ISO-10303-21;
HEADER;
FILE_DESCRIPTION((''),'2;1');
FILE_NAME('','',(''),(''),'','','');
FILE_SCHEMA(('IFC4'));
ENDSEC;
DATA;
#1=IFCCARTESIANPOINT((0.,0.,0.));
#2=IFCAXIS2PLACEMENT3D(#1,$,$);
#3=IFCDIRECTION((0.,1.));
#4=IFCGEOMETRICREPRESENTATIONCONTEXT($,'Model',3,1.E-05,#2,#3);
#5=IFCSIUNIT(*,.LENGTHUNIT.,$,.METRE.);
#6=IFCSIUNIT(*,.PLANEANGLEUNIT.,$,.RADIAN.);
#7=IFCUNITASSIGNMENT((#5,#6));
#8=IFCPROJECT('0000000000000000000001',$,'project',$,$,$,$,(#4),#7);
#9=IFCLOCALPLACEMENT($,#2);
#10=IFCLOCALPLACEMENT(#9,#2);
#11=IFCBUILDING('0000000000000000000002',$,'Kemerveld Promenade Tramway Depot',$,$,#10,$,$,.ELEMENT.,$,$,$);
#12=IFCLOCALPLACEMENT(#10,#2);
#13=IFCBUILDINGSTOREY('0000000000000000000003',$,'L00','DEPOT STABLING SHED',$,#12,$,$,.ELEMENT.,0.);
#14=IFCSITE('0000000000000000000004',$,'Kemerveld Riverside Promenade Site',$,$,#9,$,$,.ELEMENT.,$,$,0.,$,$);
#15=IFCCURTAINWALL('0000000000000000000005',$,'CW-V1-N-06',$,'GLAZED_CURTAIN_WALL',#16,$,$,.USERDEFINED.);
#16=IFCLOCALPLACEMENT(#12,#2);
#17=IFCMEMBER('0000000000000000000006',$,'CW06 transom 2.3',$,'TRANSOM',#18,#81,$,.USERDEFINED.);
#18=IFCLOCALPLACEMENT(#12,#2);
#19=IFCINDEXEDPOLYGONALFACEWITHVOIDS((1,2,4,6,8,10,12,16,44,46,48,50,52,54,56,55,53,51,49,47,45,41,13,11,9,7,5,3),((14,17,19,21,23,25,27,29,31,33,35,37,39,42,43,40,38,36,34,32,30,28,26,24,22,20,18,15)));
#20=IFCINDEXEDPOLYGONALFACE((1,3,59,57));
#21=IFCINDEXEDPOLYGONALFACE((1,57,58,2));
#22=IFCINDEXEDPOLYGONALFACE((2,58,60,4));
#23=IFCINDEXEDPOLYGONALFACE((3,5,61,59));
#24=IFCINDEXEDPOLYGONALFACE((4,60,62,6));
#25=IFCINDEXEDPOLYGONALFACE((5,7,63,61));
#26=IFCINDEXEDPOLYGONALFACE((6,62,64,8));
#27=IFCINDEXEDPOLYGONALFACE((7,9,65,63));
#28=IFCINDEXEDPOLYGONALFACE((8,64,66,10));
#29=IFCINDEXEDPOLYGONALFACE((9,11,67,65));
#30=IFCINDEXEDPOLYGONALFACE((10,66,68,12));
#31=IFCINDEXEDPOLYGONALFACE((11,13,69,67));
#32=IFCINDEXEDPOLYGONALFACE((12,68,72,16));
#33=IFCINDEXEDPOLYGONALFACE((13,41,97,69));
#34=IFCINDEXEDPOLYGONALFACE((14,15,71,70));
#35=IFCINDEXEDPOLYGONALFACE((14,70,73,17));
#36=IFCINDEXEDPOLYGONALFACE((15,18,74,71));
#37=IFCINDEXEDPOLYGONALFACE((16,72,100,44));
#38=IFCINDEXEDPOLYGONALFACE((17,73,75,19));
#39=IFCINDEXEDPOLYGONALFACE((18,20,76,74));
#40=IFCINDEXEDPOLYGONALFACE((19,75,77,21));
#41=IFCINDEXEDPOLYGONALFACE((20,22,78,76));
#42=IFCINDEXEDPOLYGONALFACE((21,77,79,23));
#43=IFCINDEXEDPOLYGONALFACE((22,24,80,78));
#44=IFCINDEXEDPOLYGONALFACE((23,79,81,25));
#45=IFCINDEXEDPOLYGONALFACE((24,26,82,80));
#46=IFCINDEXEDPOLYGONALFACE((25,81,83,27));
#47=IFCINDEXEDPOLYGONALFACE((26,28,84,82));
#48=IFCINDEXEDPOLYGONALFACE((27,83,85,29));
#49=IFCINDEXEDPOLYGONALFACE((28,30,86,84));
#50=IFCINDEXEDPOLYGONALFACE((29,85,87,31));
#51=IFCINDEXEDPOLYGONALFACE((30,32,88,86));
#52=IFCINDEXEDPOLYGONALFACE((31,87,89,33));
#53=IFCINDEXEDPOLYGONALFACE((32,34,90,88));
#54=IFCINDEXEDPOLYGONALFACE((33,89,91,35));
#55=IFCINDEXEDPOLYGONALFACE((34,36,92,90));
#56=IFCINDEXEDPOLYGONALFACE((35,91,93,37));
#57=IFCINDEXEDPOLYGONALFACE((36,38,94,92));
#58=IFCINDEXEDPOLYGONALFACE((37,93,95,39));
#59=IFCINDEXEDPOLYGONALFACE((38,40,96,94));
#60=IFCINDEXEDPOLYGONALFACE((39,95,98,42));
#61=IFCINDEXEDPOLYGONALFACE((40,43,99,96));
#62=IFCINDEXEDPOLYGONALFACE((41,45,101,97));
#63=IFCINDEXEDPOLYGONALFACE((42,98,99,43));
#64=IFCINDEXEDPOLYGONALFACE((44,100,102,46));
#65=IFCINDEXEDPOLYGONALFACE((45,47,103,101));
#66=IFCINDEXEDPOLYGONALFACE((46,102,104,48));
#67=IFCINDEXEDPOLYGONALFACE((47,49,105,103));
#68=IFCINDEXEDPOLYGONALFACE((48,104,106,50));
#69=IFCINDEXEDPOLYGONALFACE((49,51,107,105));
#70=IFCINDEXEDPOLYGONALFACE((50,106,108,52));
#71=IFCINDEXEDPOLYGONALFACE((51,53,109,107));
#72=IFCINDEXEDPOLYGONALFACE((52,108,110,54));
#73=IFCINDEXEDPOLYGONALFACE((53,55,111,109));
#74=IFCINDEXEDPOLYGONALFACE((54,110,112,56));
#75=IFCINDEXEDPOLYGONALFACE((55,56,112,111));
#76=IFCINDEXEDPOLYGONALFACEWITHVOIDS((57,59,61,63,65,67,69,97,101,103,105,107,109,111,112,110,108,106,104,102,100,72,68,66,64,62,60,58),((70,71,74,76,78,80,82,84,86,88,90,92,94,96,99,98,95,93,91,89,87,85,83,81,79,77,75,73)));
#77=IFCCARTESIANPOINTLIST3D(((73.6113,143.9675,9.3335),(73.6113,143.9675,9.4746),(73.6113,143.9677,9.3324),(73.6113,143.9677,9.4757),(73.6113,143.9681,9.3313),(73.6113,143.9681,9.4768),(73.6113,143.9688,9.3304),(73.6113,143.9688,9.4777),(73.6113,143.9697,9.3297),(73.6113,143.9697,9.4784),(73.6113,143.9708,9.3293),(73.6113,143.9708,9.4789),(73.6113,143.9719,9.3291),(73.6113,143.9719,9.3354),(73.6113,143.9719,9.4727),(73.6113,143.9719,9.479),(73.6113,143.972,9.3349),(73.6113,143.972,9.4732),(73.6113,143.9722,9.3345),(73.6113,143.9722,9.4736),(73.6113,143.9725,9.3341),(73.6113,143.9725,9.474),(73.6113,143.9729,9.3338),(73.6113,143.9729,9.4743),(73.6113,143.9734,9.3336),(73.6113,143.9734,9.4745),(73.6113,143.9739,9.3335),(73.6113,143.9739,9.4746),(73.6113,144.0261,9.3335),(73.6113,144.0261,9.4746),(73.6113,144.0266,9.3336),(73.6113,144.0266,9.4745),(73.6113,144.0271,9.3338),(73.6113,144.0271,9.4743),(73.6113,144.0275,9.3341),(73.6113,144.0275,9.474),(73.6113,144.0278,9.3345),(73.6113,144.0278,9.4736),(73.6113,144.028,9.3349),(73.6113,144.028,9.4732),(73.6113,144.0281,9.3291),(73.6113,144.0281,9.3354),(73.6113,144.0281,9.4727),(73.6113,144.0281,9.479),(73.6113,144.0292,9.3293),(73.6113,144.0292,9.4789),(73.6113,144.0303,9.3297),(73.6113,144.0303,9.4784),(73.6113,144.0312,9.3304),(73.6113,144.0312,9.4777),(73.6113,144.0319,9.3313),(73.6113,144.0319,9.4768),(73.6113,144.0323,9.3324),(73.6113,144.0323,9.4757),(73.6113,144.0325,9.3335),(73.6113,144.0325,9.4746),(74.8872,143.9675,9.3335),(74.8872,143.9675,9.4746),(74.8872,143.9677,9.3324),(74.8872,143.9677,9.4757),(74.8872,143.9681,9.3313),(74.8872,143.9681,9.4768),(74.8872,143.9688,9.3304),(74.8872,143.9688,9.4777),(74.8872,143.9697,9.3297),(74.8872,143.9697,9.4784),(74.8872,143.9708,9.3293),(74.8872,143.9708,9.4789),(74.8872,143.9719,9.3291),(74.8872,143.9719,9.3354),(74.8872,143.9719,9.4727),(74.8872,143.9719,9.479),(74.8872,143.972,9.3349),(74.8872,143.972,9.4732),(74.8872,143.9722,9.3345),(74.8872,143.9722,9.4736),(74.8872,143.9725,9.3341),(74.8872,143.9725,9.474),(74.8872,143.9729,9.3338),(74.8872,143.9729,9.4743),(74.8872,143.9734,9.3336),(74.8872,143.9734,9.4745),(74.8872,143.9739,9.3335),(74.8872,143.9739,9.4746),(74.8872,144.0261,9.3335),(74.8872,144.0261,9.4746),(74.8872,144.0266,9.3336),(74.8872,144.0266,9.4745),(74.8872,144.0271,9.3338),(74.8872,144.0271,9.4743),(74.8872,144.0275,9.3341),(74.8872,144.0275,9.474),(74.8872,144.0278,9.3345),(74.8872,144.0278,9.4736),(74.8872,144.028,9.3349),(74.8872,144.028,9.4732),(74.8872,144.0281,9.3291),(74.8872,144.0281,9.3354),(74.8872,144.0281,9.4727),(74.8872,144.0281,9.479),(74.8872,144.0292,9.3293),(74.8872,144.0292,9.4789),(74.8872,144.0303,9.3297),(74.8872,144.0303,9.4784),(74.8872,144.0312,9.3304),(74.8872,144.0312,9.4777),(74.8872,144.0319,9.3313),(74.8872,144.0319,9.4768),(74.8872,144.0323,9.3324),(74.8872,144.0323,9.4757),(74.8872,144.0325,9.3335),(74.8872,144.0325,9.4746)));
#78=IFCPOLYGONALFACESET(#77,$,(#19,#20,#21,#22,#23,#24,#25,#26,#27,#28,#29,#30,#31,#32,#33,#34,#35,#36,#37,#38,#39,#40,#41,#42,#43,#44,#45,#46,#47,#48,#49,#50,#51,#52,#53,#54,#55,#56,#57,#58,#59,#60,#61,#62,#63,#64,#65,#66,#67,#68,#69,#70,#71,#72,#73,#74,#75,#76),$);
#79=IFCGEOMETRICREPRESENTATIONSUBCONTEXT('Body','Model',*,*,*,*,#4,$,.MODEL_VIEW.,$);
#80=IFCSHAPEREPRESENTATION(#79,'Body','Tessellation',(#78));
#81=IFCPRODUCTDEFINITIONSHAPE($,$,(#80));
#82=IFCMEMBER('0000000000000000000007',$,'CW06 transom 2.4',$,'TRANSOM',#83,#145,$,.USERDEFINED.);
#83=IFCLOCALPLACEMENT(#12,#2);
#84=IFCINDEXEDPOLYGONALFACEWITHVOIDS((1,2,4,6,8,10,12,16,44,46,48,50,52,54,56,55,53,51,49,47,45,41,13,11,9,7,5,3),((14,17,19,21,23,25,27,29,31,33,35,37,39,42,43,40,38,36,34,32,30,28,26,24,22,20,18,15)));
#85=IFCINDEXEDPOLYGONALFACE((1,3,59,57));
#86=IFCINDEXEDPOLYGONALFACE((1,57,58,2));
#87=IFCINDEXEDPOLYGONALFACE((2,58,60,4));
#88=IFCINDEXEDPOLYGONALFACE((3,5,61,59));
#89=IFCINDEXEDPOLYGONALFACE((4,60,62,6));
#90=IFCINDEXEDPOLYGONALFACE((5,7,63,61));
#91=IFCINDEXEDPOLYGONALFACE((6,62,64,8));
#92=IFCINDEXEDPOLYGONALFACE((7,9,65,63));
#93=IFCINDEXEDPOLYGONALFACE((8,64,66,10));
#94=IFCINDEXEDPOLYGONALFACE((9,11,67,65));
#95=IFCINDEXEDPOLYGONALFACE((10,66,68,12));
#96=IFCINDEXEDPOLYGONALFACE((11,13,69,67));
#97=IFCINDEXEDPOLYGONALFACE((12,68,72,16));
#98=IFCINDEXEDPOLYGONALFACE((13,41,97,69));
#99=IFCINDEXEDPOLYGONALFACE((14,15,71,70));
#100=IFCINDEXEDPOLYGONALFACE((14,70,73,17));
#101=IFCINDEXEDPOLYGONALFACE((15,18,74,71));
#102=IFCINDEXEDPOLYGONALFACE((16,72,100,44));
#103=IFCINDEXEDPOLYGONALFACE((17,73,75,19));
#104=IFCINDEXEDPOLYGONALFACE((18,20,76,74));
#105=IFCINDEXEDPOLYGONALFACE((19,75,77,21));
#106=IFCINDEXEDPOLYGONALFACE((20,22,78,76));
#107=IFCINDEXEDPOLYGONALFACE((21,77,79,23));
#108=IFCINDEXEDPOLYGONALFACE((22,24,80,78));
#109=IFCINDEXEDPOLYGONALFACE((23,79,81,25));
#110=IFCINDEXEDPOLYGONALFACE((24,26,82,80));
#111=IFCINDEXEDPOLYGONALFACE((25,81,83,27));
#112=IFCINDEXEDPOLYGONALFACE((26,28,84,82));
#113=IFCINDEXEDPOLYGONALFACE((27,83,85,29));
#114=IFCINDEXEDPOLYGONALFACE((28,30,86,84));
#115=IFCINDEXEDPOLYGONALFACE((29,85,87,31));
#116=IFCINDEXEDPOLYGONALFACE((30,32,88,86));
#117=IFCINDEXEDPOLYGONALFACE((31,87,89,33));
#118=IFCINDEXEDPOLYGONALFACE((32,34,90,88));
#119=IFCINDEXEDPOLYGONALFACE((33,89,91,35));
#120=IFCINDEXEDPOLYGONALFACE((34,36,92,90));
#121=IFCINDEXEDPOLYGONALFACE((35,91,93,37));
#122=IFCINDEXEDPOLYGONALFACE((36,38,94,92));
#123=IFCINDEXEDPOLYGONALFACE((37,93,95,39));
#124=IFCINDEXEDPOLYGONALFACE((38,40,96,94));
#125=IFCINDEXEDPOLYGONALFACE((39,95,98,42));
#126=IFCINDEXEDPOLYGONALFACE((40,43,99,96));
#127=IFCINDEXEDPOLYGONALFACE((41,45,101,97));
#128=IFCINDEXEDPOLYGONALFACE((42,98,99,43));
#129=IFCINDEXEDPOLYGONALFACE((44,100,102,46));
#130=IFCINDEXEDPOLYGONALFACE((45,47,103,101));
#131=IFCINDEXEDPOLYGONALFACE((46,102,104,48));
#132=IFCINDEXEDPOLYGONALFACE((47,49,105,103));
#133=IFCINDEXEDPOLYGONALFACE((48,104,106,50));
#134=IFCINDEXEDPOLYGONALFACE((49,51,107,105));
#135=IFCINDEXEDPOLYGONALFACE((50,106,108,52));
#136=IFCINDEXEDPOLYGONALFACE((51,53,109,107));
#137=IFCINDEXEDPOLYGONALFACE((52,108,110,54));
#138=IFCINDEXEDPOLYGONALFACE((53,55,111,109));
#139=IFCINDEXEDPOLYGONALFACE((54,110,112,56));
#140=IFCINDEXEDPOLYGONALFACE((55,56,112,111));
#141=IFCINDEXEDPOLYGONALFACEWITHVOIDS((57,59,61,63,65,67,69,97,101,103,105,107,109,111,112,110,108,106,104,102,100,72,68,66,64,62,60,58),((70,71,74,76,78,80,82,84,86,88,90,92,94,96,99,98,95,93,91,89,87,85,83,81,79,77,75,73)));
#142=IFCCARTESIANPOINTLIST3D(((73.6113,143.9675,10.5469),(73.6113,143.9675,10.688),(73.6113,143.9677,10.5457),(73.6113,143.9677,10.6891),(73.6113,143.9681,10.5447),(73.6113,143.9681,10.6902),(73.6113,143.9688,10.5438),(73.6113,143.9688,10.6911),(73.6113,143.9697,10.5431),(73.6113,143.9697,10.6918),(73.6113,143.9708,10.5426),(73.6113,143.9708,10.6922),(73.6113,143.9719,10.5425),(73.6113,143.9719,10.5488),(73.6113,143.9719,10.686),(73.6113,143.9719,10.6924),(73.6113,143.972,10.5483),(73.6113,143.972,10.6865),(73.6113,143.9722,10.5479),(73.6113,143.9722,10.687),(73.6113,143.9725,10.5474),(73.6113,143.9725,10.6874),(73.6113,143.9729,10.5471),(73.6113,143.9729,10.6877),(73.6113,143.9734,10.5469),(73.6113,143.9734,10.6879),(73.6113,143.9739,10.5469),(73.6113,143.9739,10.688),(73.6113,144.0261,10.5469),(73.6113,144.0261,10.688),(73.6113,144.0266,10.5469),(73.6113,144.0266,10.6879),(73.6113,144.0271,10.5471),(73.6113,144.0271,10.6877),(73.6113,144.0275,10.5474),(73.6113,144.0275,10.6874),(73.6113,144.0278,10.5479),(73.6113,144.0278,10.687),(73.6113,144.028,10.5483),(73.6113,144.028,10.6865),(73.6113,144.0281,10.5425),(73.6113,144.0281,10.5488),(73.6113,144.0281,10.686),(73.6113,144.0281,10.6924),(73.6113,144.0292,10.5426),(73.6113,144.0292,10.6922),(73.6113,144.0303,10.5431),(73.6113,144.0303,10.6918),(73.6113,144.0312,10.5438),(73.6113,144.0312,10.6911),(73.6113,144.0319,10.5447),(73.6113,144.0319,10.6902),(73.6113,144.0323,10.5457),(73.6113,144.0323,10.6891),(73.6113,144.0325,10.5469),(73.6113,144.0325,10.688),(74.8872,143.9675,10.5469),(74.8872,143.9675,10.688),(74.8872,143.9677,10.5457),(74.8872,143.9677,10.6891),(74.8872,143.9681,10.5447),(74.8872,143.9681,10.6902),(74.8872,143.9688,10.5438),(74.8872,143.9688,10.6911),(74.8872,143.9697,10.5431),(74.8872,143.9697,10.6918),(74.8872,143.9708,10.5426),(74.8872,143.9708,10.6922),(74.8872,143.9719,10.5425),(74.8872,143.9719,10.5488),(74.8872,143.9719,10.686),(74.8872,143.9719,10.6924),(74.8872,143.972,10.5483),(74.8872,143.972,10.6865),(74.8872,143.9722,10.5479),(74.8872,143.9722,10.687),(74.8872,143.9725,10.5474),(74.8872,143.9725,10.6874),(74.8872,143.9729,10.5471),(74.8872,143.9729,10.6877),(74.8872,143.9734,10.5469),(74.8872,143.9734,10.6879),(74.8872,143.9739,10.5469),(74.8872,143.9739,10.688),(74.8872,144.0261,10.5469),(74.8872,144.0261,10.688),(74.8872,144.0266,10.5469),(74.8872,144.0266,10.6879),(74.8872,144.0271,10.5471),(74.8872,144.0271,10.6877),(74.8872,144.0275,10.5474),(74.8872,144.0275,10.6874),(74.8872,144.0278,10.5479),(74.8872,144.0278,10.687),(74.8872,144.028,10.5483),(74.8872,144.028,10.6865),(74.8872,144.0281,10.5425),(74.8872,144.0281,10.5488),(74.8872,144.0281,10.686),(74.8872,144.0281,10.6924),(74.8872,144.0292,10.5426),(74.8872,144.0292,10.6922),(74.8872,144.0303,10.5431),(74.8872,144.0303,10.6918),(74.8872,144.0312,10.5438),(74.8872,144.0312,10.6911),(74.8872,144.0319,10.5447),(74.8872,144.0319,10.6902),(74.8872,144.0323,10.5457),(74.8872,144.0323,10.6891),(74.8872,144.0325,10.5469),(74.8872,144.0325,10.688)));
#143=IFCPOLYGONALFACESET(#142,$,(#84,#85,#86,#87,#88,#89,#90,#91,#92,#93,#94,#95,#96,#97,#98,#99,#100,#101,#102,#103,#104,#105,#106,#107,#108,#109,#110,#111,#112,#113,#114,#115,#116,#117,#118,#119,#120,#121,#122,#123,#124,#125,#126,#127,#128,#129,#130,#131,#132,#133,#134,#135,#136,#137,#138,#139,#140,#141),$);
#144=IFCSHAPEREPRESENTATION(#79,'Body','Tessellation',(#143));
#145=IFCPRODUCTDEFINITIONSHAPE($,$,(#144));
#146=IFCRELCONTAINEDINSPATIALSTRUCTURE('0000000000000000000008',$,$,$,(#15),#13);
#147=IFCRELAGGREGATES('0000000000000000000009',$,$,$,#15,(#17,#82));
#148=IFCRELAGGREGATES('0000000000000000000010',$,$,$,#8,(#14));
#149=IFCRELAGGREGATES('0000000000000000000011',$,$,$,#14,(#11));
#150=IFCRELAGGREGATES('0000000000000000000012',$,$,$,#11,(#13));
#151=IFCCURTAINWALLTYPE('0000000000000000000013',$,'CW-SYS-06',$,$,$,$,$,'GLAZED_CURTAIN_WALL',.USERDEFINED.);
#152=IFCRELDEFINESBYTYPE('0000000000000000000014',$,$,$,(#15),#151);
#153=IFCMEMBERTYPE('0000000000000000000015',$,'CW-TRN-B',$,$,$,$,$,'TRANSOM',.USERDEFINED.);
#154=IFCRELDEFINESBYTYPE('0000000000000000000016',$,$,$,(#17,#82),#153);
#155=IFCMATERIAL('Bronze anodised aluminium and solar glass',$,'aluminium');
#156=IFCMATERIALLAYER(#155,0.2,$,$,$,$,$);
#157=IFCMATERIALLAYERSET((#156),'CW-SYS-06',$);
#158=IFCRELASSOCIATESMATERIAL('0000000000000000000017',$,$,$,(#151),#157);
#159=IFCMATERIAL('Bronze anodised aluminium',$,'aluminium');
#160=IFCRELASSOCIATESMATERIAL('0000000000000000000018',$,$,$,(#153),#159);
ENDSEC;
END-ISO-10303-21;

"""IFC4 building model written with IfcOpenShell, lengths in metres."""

from ifc_helpers import new_model, si_unit, direction, frame, origin, origin_2d, place, context, subcontext, project, spatial, hollow_rectangle, extrude, material, layer, layer_set, material_profile, profile_set, type_object, element, aggregate, save


model = new_model("IFC4")

# Units and contexts
model_context = context("Model", 3, precision=1e-05, world=origin(), true_north=direction((0.0, 1.0)))
body_context = subcontext(model_context, "Body", "Model", "MODEL_VIEW")
ifc_project = project(units=[si_unit("LENGTHUNIT", "METRE"), si_unit("PLANEANGLEUNIT", "RADIAN")], contexts=[model_context])

# Site, building, storey
site_placement = place(None, origin())
site = spatial("IfcSite", under=ifc_project, at=site_placement, Name="Kemerveld Riverside Promenade Site", CompositionType="ELEMENT", RefElevation=0.0)
building_placement = place(site_placement, origin())
building = spatial("IfcBuilding", under=site, at=building_placement, Name="Kemerveld Promenade Tramway Depot", CompositionType="ELEMENT")
storey_placement = place(building_placement, origin())
storey = spatial("IfcBuildingStorey", under=building, at=storey_placement, Name="L00", Description="DEPOT STABLING SHED", CompositionType="ELEMENT", Elevation=0.0)

# Curtain wall, members
ifc_material_1 = material(Name="Bronze anodised aluminium and solar glass", Category="aluminium")
ifc_layer_1 = layer(ifc_material_1, 0.2)
ifc_layer_set_1 = layer_set([ifc_layer_1], Name="CW-SYS-06")
curtain_wall_type = type_object("IfcCurtainWallType", Name="CW-SYS-06", ElementType="GLAZED_CURTAIN_WALL", PredefinedType="USERDEFINED", material=ifc_layer_set_1)
curtain_wall_placement = place(storey_placement, origin())
curtain_wall = element("IfcCurtainWall", 1, at=curtain_wall_placement, inside=storey, type_object=curtain_wall_type, Name="CW-V1-N-06", ObjectType="GLAZED_CURTAIN_WALL", PredefinedType="USERDEFINED")
ifc_material_2 = material(Name="Bronze anodised aluminium", Category="aluminium")
ifc_material_profile_1 = material_profile(ifc_material_2, hollow_rectangle(XDim=0.0649, YDim=0.1499, WallThickness=0.0044, InnerFilletRadius=0.002, OuterFilletRadius=0.0044, at=origin_2d()), Name="CW-TRN-150x65")
ifc_profile_set_1 = profile_set([ifc_material_profile_1], Name="Bronze anodised aluminium")
member_type_1 = type_object("IfcMemberType", Name="CW-TRN-B", ElementType="TRANSOM", PredefinedType="USERDEFINED", material=ifc_profile_set_1)
member_1_placement = place(storey_placement, frame((73.6113, 144.0, 9.4041), z_axis=(1.0, 0.0, 0.0), x_axis=(0.0, 1.0, 0.0)))
member_1 = element("IfcMember", 2, at=member_1_placement, type_object=member_type_1, Name="CW06 transom 2.3", ObjectType="TRANSOM", PredefinedType="USERDEFINED", context=body_context, shape_type="SweptSolid", body=[
    extrude(hollow_rectangle(XDim=0.0649, YDim=0.1499, WallThickness=0.0044, InnerFilletRadius=0.002, OuterFilletRadius=0.0044, at=origin_2d()), origin(), (0.0, 0.0, 1.0), 1.2759),
])
member_2_placement = place(storey_placement, frame((73.6113, 144.0, 10.6174), z_axis=(1.0, 0.0, 0.0), x_axis=(0.0, 1.0, 0.0)))
member_2 = element("IfcMember", 3, at=member_2_placement, type_object=member_type_1, Name="CW06 transom 2.4", ObjectType="TRANSOM", PredefinedType="USERDEFINED", context=body_context, shape_type="SweptSolid", body=[
    extrude(hollow_rectangle(XDim=0.0649, YDim=0.1499, WallThickness=0.0044, InnerFilletRadius=0.002, OuterFilletRadius=0.0044, at=origin_2d()), origin(), (0.0, 0.0, 1.0), 1.2759),
])

aggregate(curtain_wall, [member_1, member_2])

save(model, "model.ifc")
